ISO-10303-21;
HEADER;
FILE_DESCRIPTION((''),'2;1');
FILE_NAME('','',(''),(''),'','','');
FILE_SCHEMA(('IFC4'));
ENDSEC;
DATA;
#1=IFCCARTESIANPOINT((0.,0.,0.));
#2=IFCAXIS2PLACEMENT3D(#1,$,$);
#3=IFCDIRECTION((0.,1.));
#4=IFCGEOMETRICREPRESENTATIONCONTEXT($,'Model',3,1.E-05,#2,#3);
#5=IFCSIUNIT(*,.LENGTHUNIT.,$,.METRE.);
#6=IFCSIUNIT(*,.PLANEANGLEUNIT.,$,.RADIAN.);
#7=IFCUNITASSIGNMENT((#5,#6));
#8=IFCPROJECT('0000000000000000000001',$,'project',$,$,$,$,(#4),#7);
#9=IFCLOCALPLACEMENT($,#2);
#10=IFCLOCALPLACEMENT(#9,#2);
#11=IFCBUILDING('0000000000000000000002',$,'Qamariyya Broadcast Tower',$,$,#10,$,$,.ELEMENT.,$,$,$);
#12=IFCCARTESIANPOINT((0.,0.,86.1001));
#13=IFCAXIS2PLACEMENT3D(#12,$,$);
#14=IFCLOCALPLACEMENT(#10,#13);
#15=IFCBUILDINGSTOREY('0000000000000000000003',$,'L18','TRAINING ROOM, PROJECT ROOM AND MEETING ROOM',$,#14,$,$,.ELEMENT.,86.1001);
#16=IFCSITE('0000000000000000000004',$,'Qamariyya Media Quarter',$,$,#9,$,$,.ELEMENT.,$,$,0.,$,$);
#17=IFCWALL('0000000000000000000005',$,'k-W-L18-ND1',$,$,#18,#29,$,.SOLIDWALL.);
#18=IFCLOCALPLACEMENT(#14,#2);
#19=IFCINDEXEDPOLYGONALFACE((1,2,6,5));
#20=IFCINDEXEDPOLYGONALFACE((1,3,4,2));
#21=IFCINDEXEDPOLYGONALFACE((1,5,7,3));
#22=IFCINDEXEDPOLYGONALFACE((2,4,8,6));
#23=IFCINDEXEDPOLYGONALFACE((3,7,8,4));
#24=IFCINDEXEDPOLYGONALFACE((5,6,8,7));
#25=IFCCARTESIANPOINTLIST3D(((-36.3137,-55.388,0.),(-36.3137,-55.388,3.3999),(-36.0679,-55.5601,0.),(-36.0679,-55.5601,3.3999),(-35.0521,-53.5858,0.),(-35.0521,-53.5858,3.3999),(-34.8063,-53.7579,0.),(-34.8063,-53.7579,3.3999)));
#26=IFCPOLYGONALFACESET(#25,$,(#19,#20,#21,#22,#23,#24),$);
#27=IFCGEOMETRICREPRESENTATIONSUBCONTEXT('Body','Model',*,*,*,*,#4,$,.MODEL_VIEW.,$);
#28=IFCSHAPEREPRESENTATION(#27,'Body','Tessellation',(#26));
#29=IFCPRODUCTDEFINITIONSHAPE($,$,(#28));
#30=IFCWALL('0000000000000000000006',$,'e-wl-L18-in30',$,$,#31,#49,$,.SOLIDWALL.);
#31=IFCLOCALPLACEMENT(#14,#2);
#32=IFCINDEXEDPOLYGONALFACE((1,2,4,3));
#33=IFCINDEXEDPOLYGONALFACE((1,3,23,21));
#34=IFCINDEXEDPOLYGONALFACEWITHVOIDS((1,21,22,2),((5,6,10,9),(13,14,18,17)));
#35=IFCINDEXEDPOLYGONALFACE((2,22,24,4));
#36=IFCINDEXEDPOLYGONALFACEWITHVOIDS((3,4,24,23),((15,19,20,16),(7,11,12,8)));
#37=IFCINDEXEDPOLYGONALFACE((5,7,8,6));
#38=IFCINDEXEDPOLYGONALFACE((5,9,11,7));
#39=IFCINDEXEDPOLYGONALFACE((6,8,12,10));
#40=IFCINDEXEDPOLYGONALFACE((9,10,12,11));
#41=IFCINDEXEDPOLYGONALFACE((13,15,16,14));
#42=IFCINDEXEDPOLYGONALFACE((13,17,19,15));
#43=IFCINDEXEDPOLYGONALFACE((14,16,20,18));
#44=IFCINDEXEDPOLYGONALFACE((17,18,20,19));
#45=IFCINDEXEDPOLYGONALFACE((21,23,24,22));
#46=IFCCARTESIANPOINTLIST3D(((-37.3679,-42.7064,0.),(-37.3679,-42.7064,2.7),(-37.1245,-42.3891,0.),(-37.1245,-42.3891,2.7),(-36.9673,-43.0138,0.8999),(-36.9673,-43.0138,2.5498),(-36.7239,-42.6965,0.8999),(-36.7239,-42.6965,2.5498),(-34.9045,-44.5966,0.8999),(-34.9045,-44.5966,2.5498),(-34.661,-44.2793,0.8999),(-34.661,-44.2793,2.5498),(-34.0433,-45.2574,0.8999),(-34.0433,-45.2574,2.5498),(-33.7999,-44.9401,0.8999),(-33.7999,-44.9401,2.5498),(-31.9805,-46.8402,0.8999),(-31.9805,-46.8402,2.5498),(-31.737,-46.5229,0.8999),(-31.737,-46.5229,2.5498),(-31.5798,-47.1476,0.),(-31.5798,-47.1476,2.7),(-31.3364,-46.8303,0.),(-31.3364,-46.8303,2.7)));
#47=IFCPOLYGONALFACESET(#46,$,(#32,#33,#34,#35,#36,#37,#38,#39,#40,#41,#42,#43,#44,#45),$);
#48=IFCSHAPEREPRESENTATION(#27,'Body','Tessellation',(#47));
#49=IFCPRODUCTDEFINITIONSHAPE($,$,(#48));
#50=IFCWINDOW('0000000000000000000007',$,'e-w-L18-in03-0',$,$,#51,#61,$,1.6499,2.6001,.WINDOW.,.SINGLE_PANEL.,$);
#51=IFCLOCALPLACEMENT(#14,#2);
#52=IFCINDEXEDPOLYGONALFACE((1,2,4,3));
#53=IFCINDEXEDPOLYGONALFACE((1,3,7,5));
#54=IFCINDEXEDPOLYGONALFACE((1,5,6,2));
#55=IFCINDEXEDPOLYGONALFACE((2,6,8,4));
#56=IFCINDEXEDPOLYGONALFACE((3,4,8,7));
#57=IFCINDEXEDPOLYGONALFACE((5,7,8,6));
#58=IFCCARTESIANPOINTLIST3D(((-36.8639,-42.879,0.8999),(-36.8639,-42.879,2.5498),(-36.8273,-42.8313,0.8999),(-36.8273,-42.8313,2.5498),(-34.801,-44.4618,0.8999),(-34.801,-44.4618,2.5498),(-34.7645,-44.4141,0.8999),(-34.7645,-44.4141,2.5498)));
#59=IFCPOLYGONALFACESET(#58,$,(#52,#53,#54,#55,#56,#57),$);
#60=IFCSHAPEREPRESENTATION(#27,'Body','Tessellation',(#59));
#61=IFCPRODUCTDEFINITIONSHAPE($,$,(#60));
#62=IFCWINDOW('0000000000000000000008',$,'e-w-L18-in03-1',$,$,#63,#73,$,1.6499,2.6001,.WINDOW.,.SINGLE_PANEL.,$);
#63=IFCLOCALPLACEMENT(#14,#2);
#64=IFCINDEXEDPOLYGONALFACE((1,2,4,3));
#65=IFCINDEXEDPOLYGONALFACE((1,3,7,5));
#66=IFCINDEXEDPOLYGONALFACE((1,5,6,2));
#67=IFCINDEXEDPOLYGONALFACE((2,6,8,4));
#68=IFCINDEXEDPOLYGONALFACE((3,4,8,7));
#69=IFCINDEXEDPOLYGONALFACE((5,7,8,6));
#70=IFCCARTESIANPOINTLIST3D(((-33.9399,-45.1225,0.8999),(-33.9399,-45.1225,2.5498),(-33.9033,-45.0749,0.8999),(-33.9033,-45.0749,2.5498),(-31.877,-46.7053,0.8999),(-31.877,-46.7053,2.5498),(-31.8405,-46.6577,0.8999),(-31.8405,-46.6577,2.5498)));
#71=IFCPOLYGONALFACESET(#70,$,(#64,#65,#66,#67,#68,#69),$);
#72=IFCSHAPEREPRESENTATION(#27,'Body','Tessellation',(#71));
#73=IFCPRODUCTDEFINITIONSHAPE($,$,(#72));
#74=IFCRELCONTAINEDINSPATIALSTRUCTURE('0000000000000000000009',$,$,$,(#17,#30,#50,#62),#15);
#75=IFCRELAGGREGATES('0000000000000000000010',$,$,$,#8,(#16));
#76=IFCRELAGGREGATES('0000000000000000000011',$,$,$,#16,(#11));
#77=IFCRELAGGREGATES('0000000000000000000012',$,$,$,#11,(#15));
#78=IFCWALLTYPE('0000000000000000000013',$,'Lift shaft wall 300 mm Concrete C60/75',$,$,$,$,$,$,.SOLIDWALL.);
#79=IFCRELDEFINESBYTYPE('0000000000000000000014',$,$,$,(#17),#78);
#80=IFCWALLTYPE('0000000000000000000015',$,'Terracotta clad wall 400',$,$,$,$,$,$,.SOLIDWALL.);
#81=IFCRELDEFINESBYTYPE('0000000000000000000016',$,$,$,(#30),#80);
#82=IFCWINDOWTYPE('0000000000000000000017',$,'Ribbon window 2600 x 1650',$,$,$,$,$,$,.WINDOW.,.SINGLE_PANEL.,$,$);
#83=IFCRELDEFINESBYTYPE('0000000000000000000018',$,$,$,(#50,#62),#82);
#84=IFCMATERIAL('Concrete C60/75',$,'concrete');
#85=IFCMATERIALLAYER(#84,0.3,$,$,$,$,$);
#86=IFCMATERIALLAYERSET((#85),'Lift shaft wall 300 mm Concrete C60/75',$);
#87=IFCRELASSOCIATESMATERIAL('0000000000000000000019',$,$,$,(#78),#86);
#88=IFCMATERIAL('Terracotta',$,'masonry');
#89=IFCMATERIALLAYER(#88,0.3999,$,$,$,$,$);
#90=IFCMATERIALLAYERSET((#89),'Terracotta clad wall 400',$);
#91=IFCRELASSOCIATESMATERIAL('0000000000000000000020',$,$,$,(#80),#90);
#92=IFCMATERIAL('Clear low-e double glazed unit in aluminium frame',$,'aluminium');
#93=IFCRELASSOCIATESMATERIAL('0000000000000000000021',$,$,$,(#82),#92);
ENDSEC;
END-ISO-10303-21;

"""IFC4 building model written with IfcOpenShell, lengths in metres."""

from ifc_helpers import new_model, si_unit, direction, frame, frame_2d, origin, place, context, subcontext, project, spatial, rectangle, extrude, material, layer, layer_set, type_object, element, fill, save


model = new_model("IFC4")

# Units and contexts
model_context = context("Model", 3, precision=1e-05, world=origin(), true_north=direction((0.0, 1.0)))
body_context = subcontext(model_context, "Body", "Model", "MODEL_VIEW")
ifc_project = project(units=[si_unit("LENGTHUNIT", "METRE"), si_unit("PLANEANGLEUNIT", "RADIAN")], contexts=[model_context])

# Site, building, storey
site_placement = place(None, origin())
site = spatial("IfcSite", under=ifc_project, at=site_placement, Name="Qamariyya Media Quarter", CompositionType="ELEMENT", RefElevation=0.0)
building_placement = place(site_placement, origin())
building = spatial("IfcBuilding", under=site, at=building_placement, Name="Qamariyya Broadcast Tower", CompositionType="ELEMENT")
storey_placement = place(building_placement, frame((0.0, 0.0, 86.1001)))
storey = spatial("IfcBuildingStorey", under=building, at=storey_placement, Name="L18", Description="TRAINING ROOM, PROJECT ROOM AND MEETING ROOM", CompositionType="ELEMENT", Elevation=86.1001)

# Wall
ifc_material_1 = material(Name="Concrete C60/75", Category="concrete")
ifc_layer_1 = layer(ifc_material_1, 0.3)
ifc_layer_set_1 = layer_set([ifc_layer_1], Name="Lift shaft wall 300 mm Concrete C60/75")
wall_type_1 = type_object("IfcWallType", Name="Lift shaft wall 300 mm Concrete C60/75", PredefinedType="SOLIDWALL", material=ifc_layer_set_1)
wall_1_placement = place(storey_placement, frame((-36.1909, -55.4741, 0.0), z_axis=(0.0, 0.0, 1.0), x_axis=(0.573507, 0.819201, 0.0)))
element("IfcWall", 1, at=wall_1_placement, inside=storey, type_object=wall_type_1, Name="k-W-L18-ND1", PredefinedType="SOLIDWALL", context=body_context, shape_type="SweptSolid", body=[
    extrude(rectangle(XDim=2.2, YDim=0.3, at=frame_2d((1.1001, 0.0))), origin(), (0.0, 0.0, 1.0), 3.3999),
])

# Wall, openings, windows
ifc_material_2 = material(Name="Terracotta", Category="masonry")
ifc_layer_2 = layer(ifc_material_2, 0.3999)
ifc_layer_set_2 = layer_set([ifc_layer_2], Name="Terracotta clad wall 400")
wall_type_2 = type_object("IfcWallType", Name="Terracotta clad wall 400", PredefinedType="SOLIDWALL", material=ifc_layer_set_2)
wall_2_placement = place(storey_placement, frame((-31.458, -46.989, 0.0), z_axis=(0.0, 0.0, 1.0), x_axis=(-0.793366, 0.608745, 0.0)))
wall_2 = element("IfcWall", 2, at=wall_2_placement, inside=storey, type_object=wall_type_2, Name="e-wl-L18-in30", PredefinedType="SOLIDWALL", context=body_context, shape_type="SweptSolid", body=[
    extrude(rectangle(XDim=7.2957, YDim=0.3999, at=frame_2d((3.6479, 0.0))), origin(), (0.0, 0.0, 1.0), 2.7),
])
opening_1_placement = place(wall_2_placement, frame((4.1907, 0.0, 0.8999)))
opening_1 = element("IfcOpeningElement", 3, at=opening_1_placement, cuts=wall_2, PredefinedType="OPENING", context=body_context, shape_type="SweptSolid", body=[
    extrude(rectangle(XDim=2.6001, YDim=1.6499, at=frame_2d((1.3, 0.825))), frame((0.0, 0.21, 0.0), z_axis=(0.0, -1.0, 0.0), x_axis=(1.0, 0.0, 0.0)), (0.0, 0.0, 1.0), 0.4199),
])
opening_2_placement = place(wall_2_placement, frame((0.5051, 0.0, 0.8999)))
opening_2 = element("IfcOpeningElement", 4, at=opening_2_placement, cuts=wall_2, PredefinedType="OPENING", context=body_context, shape_type="SweptSolid", body=[
    extrude(rectangle(XDim=2.6001, YDim=1.6499, at=frame_2d((1.3, 0.825))), frame((0.0, 0.21, 0.0), z_axis=(0.0, -1.0, 0.0), x_axis=(1.0, 0.0, 0.0)), (0.0, 0.0, 1.0), 0.4199),
])
ifc_material_3 = material(Name="Clear low-e double glazed unit in aluminium frame", Category="aluminium")
window_type = type_object("IfcWindowType", Name="Ribbon window 2600 x 1650", PartitioningType="SINGLE_PANEL", PredefinedType="WINDOW", material=ifc_material_3)
window_1_placement = place(opening_1_placement, origin())
window_1 = element("IfcWindow", 5, at=window_1_placement, inside=storey, type_object=window_type, Name="e-w-L18-in03-0", OverallHeight=1.6499, OverallWidth=2.6001, PartitioningType="SINGLE_PANEL", PredefinedType="WINDOW", context=body_context, shape_type="SweptSolid", body=[
    extrude(rectangle(XDim=2.6001, YDim=1.6499, at=frame_2d((1.3, 0.825))), frame((0.0, 0.03, 0.0), z_axis=(0.0, -1.0, 0.0), x_axis=(1.0, 0.0, 0.0)), (0.0, 0.0, 1.0), 0.0601),
])
fill(opening_1, window_1)
window_2_placement = place(opening_2_placement, origin())
window_2 = element("IfcWindow", 6, at=window_2_placement, inside=storey, type_object=window_type, Name="e-w-L18-in03-1", OverallHeight=1.6499, OverallWidth=2.6001, PartitioningType="SINGLE_PANEL", PredefinedType="WINDOW", context=body_context, shape_type="SweptSolid", body=[
    extrude(rectangle(XDim=2.6001, YDim=1.6499, at=frame_2d((1.3, 0.825))), frame((0.0, 0.03, 0.0), z_axis=(0.0, -1.0, 0.0), x_axis=(1.0, 0.0, 0.0)), (0.0, 0.0, 1.0), 0.0601),
])
fill(opening_2, window_2)

save(model, "model.ifc")
